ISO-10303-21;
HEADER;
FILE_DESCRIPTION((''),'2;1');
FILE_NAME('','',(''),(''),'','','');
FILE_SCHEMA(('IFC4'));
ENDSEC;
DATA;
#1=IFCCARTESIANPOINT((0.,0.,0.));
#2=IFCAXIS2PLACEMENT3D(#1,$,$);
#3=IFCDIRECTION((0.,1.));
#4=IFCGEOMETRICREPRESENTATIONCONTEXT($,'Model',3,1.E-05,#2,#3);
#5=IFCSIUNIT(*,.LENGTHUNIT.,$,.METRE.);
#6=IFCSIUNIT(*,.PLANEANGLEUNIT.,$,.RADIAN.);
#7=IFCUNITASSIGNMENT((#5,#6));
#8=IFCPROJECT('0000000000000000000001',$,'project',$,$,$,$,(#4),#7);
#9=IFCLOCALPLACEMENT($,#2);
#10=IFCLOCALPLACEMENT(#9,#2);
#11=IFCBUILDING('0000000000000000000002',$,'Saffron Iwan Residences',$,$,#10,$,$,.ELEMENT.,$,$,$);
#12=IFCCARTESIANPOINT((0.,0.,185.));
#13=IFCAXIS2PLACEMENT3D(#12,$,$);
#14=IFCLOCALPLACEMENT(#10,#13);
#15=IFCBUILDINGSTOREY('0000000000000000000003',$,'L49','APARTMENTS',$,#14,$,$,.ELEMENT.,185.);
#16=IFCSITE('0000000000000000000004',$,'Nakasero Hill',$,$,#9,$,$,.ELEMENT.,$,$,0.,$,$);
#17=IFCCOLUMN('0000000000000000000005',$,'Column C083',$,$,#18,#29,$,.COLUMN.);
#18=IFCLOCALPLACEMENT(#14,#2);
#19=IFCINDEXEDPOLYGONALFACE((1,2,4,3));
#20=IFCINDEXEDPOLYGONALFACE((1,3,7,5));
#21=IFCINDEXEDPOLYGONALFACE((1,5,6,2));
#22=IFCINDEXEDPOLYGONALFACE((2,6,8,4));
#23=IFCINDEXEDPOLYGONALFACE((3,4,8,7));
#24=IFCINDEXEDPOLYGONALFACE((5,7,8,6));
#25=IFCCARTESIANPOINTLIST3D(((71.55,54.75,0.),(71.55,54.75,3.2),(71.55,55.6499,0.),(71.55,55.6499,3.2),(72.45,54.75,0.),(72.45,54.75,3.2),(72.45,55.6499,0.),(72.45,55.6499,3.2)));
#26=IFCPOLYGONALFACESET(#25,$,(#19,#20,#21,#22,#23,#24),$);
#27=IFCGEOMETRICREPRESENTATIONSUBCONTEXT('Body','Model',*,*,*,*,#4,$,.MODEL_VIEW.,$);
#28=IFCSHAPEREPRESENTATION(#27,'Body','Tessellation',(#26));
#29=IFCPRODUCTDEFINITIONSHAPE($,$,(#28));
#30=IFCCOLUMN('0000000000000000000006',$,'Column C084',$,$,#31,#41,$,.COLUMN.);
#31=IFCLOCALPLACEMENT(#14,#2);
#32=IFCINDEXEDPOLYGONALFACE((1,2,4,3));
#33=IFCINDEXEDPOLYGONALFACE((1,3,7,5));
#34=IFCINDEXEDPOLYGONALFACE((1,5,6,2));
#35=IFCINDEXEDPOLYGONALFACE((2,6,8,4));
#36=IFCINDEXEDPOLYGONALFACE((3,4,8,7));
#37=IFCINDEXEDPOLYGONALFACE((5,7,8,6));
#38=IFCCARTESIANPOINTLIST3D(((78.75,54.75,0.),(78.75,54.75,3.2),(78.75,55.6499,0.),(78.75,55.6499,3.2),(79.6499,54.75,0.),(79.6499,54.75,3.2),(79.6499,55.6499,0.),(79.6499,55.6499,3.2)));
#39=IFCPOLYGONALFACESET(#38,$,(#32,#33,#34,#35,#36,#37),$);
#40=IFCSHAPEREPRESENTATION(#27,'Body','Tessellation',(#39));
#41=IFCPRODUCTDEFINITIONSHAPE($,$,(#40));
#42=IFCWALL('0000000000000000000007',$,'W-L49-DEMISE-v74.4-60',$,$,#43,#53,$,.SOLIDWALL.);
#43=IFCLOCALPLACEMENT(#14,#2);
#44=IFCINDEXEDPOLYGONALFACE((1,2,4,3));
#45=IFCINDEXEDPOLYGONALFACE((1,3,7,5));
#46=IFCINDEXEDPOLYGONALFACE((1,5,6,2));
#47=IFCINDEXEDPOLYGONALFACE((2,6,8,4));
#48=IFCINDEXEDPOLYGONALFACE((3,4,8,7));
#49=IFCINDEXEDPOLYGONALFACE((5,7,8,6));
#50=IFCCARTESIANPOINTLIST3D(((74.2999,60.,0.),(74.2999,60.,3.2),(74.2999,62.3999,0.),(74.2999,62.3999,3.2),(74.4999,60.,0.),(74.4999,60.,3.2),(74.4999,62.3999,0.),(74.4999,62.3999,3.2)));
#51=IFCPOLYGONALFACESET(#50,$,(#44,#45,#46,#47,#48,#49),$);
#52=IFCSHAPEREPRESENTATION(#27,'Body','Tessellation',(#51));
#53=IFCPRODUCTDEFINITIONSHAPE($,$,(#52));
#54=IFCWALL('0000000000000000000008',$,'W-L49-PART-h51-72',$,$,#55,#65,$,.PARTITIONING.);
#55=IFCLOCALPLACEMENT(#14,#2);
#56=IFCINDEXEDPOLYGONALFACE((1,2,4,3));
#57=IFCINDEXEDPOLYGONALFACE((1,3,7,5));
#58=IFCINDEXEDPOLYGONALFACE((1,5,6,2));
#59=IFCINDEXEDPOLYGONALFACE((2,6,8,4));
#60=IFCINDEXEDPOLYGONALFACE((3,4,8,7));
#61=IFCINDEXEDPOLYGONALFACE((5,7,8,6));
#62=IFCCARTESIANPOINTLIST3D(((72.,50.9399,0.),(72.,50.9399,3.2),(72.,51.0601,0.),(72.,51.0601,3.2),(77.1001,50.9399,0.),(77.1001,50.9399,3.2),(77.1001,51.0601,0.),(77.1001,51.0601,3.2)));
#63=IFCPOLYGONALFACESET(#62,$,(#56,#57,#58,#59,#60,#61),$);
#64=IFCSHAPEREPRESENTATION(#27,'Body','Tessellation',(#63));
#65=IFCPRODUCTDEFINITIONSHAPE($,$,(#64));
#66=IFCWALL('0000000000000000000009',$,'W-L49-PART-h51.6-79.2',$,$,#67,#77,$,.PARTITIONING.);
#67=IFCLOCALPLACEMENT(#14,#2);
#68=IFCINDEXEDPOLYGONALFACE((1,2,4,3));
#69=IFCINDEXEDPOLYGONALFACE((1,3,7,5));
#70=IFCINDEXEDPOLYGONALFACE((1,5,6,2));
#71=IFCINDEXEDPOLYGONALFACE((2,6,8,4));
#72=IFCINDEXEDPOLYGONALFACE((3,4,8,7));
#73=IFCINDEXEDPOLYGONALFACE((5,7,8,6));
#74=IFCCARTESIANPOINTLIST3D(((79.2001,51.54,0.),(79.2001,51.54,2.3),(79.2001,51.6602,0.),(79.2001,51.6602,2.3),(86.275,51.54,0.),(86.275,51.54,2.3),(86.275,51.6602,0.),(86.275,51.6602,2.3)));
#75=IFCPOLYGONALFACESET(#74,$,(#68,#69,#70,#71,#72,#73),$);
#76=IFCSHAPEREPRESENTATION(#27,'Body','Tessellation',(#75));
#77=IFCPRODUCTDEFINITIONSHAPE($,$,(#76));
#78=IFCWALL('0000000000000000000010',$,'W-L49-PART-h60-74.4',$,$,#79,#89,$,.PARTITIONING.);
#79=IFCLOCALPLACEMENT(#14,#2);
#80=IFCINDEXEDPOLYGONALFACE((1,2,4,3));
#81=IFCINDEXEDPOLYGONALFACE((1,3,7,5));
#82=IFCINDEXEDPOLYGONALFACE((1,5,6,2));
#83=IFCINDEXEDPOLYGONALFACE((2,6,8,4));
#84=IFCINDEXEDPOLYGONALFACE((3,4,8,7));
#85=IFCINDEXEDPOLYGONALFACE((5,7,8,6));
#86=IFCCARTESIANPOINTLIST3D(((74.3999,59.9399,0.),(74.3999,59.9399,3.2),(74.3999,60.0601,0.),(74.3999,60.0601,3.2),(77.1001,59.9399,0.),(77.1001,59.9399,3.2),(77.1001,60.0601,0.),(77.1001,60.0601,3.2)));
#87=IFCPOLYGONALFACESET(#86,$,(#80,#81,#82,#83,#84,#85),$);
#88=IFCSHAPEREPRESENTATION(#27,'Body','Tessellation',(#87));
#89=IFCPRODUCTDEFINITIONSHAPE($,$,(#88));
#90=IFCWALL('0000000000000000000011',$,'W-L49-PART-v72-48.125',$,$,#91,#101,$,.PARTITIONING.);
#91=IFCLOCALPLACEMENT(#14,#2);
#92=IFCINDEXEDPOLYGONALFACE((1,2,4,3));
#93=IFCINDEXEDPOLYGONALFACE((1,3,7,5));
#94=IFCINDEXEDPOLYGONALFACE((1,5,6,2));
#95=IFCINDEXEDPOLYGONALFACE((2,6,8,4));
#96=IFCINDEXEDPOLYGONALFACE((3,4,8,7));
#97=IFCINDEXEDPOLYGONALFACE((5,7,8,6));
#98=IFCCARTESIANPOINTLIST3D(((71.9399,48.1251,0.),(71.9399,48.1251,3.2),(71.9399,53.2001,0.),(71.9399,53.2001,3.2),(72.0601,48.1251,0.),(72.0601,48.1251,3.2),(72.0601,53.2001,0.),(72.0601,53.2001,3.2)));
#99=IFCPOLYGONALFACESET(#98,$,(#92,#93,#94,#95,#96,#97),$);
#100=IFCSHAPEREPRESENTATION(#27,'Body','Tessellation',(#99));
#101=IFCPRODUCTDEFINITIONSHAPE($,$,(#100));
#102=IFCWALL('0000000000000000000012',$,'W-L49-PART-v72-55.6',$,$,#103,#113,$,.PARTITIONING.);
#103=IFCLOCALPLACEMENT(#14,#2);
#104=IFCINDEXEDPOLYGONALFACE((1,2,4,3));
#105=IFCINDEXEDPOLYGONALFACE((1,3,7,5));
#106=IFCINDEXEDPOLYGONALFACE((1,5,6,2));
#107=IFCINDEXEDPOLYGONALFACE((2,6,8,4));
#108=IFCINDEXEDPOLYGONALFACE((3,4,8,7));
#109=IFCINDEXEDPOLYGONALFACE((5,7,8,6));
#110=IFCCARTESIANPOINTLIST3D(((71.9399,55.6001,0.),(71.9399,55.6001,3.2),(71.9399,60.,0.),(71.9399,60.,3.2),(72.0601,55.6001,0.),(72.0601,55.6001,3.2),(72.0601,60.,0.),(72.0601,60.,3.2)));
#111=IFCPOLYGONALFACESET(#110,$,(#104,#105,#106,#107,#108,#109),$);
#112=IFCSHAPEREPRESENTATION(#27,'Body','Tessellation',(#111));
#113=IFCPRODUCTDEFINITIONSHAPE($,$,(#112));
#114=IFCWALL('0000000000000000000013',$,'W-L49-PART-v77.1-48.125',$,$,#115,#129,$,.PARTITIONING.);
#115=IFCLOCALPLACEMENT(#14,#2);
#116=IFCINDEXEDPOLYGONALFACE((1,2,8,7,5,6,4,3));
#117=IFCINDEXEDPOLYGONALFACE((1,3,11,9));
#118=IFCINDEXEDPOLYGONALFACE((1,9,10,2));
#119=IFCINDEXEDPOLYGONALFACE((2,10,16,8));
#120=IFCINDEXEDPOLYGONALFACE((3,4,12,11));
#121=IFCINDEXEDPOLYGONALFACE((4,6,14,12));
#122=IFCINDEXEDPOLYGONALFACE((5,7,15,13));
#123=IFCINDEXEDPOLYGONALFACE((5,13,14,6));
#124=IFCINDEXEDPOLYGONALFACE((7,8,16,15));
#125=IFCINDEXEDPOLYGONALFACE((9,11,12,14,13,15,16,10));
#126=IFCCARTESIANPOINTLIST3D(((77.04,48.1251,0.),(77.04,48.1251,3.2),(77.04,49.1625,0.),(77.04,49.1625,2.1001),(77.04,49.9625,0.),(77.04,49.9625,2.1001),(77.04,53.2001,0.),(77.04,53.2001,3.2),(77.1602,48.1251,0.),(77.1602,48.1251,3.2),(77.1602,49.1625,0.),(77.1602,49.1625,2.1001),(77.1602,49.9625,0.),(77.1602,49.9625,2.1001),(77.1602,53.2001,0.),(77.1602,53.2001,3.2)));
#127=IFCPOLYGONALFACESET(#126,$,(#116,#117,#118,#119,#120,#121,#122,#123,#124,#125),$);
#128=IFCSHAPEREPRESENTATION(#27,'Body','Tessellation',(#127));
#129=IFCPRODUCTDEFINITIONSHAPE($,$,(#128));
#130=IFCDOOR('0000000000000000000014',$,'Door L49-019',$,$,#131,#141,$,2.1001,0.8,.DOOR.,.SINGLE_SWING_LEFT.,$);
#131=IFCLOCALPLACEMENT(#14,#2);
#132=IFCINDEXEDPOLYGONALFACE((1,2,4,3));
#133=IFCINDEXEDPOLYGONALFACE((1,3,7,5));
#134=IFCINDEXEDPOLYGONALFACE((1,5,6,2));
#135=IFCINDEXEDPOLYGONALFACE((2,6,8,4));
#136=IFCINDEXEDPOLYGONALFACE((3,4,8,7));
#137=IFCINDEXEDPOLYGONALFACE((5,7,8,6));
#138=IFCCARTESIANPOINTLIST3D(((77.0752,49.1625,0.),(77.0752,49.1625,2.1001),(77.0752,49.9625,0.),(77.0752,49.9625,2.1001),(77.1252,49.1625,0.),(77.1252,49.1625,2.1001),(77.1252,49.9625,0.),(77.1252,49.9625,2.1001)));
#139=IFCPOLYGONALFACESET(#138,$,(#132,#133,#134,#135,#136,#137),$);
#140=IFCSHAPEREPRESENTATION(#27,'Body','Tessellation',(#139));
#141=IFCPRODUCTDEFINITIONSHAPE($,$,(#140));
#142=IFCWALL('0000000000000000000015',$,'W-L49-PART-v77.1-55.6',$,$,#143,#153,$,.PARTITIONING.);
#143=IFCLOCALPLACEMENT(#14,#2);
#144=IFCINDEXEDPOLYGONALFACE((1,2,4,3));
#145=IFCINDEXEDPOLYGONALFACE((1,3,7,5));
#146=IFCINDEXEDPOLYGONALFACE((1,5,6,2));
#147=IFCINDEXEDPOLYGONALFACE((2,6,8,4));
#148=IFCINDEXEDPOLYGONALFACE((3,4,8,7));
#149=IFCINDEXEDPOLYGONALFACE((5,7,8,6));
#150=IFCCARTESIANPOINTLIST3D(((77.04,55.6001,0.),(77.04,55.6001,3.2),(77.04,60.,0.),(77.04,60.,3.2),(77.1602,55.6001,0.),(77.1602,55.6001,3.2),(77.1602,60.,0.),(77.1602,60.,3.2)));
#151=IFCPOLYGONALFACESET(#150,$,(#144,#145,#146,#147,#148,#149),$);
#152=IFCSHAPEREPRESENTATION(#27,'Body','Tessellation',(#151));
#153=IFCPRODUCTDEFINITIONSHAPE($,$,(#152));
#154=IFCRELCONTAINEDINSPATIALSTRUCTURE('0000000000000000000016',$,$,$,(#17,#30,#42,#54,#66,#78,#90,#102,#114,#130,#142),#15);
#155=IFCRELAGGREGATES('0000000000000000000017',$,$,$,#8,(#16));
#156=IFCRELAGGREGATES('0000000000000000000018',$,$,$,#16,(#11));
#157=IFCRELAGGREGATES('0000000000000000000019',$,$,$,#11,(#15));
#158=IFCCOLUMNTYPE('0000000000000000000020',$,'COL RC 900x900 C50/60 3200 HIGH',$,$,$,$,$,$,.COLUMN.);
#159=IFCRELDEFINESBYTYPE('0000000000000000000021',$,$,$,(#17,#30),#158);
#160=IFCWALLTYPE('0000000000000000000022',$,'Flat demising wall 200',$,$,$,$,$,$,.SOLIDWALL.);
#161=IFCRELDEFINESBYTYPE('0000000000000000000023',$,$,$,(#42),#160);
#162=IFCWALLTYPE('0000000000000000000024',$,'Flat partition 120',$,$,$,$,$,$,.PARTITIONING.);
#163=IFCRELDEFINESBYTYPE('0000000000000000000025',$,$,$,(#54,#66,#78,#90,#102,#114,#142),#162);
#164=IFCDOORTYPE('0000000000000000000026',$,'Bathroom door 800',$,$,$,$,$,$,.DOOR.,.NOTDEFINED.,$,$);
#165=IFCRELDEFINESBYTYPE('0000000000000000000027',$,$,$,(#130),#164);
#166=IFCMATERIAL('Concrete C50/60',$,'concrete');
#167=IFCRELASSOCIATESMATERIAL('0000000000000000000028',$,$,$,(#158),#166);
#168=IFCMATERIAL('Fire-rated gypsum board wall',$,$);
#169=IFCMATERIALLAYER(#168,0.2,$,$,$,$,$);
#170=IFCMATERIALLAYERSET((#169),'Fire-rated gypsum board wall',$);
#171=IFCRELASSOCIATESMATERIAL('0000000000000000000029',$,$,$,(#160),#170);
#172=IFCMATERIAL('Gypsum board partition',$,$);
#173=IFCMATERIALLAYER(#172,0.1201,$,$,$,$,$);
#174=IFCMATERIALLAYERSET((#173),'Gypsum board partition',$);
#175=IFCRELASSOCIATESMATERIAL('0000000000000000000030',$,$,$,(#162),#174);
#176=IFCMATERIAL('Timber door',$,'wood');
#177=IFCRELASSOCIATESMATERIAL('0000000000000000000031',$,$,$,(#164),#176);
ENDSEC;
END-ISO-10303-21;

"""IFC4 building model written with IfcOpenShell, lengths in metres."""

from ifc_helpers import new_model, si_unit, direction, frame, frame_2d, origin, origin_2d, place, context, subcontext, project, spatial, rectangle, extrude, source, transform, mapped, material, layer, layer_set, material_profile, profile_set, type_object, element, fill, save


model = new_model("IFC4")

# Units and contexts
model_context = context("Model", 3, precision=1e-05, world=origin(), true_north=direction((0.0, 1.0)))
body_context = subcontext(model_context, "Body", "Model", "MODEL_VIEW")
ifc_project = project(units=[si_unit("LENGTHUNIT", "METRE"), si_unit("PLANEANGLEUNIT", "RADIAN")], contexts=[model_context])

# Site, building, storey
site_placement = place(None, origin())
site = spatial("IfcSite", under=ifc_project, at=site_placement, Name="Nakasero Hill", CompositionType="ELEMENT", RefElevation=0.0)
building_placement = place(site_placement, origin())
building = spatial("IfcBuilding", under=site, at=building_placement, Name="Saffron Iwan Residences", CompositionType="ELEMENT")
storey_placement = place(building_placement, frame((0.0, 0.0, 185.0)))
storey = spatial("IfcBuildingStorey", under=building, at=storey_placement, Name="L49", Description="APARTMENTS", CompositionType="ELEMENT", Elevation=185.0)

# Columns
ifc_material_1 = material(Name="Concrete C50/60", Category="concrete")
ifc_material_profile = material_profile(ifc_material_1, rectangle(XDim=0.8999, YDim=0.8999, at=origin_2d()), Name="RC 900x900")
ifc_profile_set = profile_set([ifc_material_profile], Name="Concrete C50/60")
column_type = type_object("IfcColumnType", Name="COL RC 900x900 C50/60 3200 HIGH", PredefinedType="COLUMN", material=ifc_profile_set)
shared_shape = source(origin(), body_context, "Body", "SweptSolid", [
    extrude(rectangle(XDim=0.8999, YDim=0.8999, at=origin_2d()), origin(), (0.0, 0.0, 1.0), 3.2),
])
for number, where, z_axis, x_axis, name in (
    (1, (72.0, 55.2, 0.0), (0.0, 0.0, 1.0), (1.0, 0.0, 0.0), "Column C083"),
    (2, (79.2, 55.2, 0.0), (0.0, 0.0, 1.0), (1.0, 0.0, 0.0), "Column C084"),
):
    element("IfcColumn", number, at=place(storey_placement, frame(where, z_axis=z_axis, x_axis=x_axis)), inside=storey, type_object=column_type, Name=name, PredefinedType="COLUMN", context=body_context, shape_type="MappedRepresentation", body=[
        mapped(shared_shape, transform((0.0, 0.0, 0.0))),
    ])

# Walls
ifc_material_2 = material(Name="Fire-rated gypsum board wall")
ifc_layer_1 = layer(ifc_material_2, 0.2)
ifc_layer_set_1 = layer_set([ifc_layer_1], Name="Fire-rated gypsum board wall")
wall_type_1 = type_object("IfcWallType", Name="Flat demising wall 200", PredefinedType="SOLIDWALL", material=ifc_layer_set_1)
wall_1_placement = place(storey_placement, frame((74.3999, 60.0, 0.0), z_axis=(0.0, 0.0, 1.0), x_axis=(0.0, 1.0, 0.0)))
element("IfcWall", 3, at=wall_1_placement, inside=storey, type_object=wall_type_1, Name="W-L49-DEMISE-v74.4-60", PredefinedType="SOLIDWALL", context=body_context, shape_type="SweptSolid", body=[
    extrude(rectangle(XDim=2.3999, YDim=0.2, at=frame_2d((1.2, 0.0))), origin(), (0.0, 0.0, 1.0), 3.2),
])
ifc_material_3 = material(Name="Gypsum board partition")
ifc_layer_2 = layer(ifc_material_3, 0.1201)
ifc_layer_set_2 = layer_set([ifc_layer_2], Name="Gypsum board partition")
wall_type_2 = type_object("IfcWallType", Name="Flat partition 120", PredefinedType="PARTITIONING", material=ifc_layer_set_2)
wall_2_placement = place(storey_placement, frame((72.0, 51.0, 0.0), z_axis=(0.0, 0.0, 1.0), x_axis=(1.0, 0.0, 0.0)))
element("IfcWall", 4, at=wall_2_placement, inside=storey, type_object=wall_type_2, Name="W-L49-PART-h51-72", PredefinedType="PARTITIONING", context=body_context, shape_type="SweptSolid", body=[
    extrude(rectangle(XDim=5.1001, YDim=0.1201, at=frame_2d((2.55, 0.0))), origin(), (0.0, 0.0, 1.0), 3.2),
])
wall_3_placement = place(storey_placement, frame((79.2, 51.6001, 0.0), z_axis=(0.0, 0.0, 1.0), x_axis=(1.0, 0.0, 0.0)))
element("IfcWall", 5, at=wall_3_placement, inside=storey, type_object=wall_type_2, Name="W-L49-PART-h51.6-79.2", PredefinedType="PARTITIONING", context=body_context, shape_type="SweptSolid", body=[
    extrude(rectangle(XDim=7.075, YDim=0.1201, at=frame_2d((3.5376, 0.0))), origin(), (0.0, 0.0, 1.0), 2.3),
])
wall_4_placement = place(storey_placement, frame((74.3999, 60.0, 0.0), z_axis=(0.0, 0.0, 1.0), x_axis=(1.0, 0.0, 0.0)))
element("IfcWall", 6, at=wall_4_placement, inside=storey, type_object=wall_type_2, Name="W-L49-PART-h60-74.4", PredefinedType="PARTITIONING", context=body_context, shape_type="SweptSolid", body=[
    extrude(rectangle(XDim=2.7002, YDim=0.1201, at=frame_2d((1.3501, 0.0))), origin(), (0.0, 0.0, 1.0), 3.2),
])
wall_5_placement = place(storey_placement, frame((72.0, 48.125, 0.0), z_axis=(0.0, 0.0, 1.0), x_axis=(0.0, 1.0, 0.0)))
element("IfcWall", 7, at=wall_5_placement, inside=storey, type_object=wall_type_2, Name="W-L49-PART-v72-48.125", PredefinedType="PARTITIONING", context=body_context, shape_type="SweptSolid", body=[
    extrude(rectangle(XDim=5.075, YDim=0.1201, at=frame_2d((2.5376, 0.0))), origin(), (0.0, 0.0, 1.0), 3.2),
])
wall_6_placement = place(storey_placement, frame((72.0, 55.6001, 0.0), z_axis=(0.0, 0.0, 1.0), x_axis=(0.0, 1.0, 0.0)))
element("IfcWall", 8, at=wall_6_placement, inside=storey, type_object=wall_type_2, Name="W-L49-PART-v72-55.6", PredefinedType="PARTITIONING", context=body_context, shape_type="SweptSolid", body=[
    extrude(rectangle(XDim=4.3999, YDim=0.1201, at=frame_2d((2.2, 0.0))), origin(), (0.0, 0.0, 1.0), 3.2),
])

# Wall, opening, door
wall_7_placement = place(storey_placement, frame((77.1001, 48.125, 0.0), z_axis=(0.0, 0.0, 1.0), x_axis=(0.0, 1.0, 0.0)))
wall_7 = element("IfcWall", 9, at=wall_7_placement, inside=storey, type_object=wall_type_2, Name="W-L49-PART-v77.1-48.125", PredefinedType="PARTITIONING", context=body_context, shape_type="SweptSolid", body=[
    extrude(rectangle(XDim=5.075, YDim=0.1201, at=frame_2d((2.5376, 0.0))), origin(), (0.0, 0.0, 1.0), 3.2),
])
opening_1_placement = place(wall_7_placement, frame((1.0376, 0.0, 0.0)))
opening_1 = element("IfcOpeningElement", 10, at=opening_1_placement, cuts=wall_7, PredefinedType="OPENING", context=body_context, shape_type="SweptSolid", body=[
    extrude(rectangle(XDim=0.8, YDim=2.1001, at=frame_2d((0.3999, 1.05))), frame((0.0, 0.0701, 0.0), z_axis=(0.0, -1.0, 0.0), x_axis=(1.0, 0.0, 0.0)), (0.0, 0.0, 1.0), 0.1401),
])
ifc_material_4 = material(Name="Timber door", Category="wood")
door_type_1 = type_object("IfcDoorType", Name="Bathroom door 800", OperationType="NOTDEFINED", PredefinedType="DOOR", material=ifc_material_4)
door_1_placement = place(opening_1_placement, origin())
door_1 = element("IfcDoor", 11, at=door_1_placement, inside=storey, type_object=door_type_1, Name="Door L49-019", OperationType="SINGLE_SWING_LEFT", OverallHeight=2.1001, OverallWidth=0.8, PredefinedType="DOOR", context=body_context, shape_type="SweptSolid", body=[
    extrude(rectangle(XDim=0.8, YDim=2.1001, at=frame_2d((0.3999, 1.05))), frame((0.0, 0.0249, 0.0), z_axis=(0.0, -1.0, 0.0), x_axis=(1.0, 0.0, 0.0)), (0.0, 0.0, 1.0), 0.05),
])
fill(opening_1, door_1)

# Wall
wall_8_placement = place(storey_placement, frame((77.1001, 55.6001, 0.0), z_axis=(0.0, 0.0, 1.0), x_axis=(0.0, 1.0, 0.0)))
element("IfcWall", 12, at=wall_8_placement, inside=storey, type_object=wall_type_2, Name="W-L49-PART-v77.1-55.6", PredefinedType="PARTITIONING", context=body_context, shape_type="SweptSolid", body=[
    extrude(rectangle(XDim=4.3999, YDim=0.1201, at=frame_2d((2.2, 0.0))), origin(), (0.0, 0.0, 1.0), 3.2),
])

save(model, "model.ifc")
